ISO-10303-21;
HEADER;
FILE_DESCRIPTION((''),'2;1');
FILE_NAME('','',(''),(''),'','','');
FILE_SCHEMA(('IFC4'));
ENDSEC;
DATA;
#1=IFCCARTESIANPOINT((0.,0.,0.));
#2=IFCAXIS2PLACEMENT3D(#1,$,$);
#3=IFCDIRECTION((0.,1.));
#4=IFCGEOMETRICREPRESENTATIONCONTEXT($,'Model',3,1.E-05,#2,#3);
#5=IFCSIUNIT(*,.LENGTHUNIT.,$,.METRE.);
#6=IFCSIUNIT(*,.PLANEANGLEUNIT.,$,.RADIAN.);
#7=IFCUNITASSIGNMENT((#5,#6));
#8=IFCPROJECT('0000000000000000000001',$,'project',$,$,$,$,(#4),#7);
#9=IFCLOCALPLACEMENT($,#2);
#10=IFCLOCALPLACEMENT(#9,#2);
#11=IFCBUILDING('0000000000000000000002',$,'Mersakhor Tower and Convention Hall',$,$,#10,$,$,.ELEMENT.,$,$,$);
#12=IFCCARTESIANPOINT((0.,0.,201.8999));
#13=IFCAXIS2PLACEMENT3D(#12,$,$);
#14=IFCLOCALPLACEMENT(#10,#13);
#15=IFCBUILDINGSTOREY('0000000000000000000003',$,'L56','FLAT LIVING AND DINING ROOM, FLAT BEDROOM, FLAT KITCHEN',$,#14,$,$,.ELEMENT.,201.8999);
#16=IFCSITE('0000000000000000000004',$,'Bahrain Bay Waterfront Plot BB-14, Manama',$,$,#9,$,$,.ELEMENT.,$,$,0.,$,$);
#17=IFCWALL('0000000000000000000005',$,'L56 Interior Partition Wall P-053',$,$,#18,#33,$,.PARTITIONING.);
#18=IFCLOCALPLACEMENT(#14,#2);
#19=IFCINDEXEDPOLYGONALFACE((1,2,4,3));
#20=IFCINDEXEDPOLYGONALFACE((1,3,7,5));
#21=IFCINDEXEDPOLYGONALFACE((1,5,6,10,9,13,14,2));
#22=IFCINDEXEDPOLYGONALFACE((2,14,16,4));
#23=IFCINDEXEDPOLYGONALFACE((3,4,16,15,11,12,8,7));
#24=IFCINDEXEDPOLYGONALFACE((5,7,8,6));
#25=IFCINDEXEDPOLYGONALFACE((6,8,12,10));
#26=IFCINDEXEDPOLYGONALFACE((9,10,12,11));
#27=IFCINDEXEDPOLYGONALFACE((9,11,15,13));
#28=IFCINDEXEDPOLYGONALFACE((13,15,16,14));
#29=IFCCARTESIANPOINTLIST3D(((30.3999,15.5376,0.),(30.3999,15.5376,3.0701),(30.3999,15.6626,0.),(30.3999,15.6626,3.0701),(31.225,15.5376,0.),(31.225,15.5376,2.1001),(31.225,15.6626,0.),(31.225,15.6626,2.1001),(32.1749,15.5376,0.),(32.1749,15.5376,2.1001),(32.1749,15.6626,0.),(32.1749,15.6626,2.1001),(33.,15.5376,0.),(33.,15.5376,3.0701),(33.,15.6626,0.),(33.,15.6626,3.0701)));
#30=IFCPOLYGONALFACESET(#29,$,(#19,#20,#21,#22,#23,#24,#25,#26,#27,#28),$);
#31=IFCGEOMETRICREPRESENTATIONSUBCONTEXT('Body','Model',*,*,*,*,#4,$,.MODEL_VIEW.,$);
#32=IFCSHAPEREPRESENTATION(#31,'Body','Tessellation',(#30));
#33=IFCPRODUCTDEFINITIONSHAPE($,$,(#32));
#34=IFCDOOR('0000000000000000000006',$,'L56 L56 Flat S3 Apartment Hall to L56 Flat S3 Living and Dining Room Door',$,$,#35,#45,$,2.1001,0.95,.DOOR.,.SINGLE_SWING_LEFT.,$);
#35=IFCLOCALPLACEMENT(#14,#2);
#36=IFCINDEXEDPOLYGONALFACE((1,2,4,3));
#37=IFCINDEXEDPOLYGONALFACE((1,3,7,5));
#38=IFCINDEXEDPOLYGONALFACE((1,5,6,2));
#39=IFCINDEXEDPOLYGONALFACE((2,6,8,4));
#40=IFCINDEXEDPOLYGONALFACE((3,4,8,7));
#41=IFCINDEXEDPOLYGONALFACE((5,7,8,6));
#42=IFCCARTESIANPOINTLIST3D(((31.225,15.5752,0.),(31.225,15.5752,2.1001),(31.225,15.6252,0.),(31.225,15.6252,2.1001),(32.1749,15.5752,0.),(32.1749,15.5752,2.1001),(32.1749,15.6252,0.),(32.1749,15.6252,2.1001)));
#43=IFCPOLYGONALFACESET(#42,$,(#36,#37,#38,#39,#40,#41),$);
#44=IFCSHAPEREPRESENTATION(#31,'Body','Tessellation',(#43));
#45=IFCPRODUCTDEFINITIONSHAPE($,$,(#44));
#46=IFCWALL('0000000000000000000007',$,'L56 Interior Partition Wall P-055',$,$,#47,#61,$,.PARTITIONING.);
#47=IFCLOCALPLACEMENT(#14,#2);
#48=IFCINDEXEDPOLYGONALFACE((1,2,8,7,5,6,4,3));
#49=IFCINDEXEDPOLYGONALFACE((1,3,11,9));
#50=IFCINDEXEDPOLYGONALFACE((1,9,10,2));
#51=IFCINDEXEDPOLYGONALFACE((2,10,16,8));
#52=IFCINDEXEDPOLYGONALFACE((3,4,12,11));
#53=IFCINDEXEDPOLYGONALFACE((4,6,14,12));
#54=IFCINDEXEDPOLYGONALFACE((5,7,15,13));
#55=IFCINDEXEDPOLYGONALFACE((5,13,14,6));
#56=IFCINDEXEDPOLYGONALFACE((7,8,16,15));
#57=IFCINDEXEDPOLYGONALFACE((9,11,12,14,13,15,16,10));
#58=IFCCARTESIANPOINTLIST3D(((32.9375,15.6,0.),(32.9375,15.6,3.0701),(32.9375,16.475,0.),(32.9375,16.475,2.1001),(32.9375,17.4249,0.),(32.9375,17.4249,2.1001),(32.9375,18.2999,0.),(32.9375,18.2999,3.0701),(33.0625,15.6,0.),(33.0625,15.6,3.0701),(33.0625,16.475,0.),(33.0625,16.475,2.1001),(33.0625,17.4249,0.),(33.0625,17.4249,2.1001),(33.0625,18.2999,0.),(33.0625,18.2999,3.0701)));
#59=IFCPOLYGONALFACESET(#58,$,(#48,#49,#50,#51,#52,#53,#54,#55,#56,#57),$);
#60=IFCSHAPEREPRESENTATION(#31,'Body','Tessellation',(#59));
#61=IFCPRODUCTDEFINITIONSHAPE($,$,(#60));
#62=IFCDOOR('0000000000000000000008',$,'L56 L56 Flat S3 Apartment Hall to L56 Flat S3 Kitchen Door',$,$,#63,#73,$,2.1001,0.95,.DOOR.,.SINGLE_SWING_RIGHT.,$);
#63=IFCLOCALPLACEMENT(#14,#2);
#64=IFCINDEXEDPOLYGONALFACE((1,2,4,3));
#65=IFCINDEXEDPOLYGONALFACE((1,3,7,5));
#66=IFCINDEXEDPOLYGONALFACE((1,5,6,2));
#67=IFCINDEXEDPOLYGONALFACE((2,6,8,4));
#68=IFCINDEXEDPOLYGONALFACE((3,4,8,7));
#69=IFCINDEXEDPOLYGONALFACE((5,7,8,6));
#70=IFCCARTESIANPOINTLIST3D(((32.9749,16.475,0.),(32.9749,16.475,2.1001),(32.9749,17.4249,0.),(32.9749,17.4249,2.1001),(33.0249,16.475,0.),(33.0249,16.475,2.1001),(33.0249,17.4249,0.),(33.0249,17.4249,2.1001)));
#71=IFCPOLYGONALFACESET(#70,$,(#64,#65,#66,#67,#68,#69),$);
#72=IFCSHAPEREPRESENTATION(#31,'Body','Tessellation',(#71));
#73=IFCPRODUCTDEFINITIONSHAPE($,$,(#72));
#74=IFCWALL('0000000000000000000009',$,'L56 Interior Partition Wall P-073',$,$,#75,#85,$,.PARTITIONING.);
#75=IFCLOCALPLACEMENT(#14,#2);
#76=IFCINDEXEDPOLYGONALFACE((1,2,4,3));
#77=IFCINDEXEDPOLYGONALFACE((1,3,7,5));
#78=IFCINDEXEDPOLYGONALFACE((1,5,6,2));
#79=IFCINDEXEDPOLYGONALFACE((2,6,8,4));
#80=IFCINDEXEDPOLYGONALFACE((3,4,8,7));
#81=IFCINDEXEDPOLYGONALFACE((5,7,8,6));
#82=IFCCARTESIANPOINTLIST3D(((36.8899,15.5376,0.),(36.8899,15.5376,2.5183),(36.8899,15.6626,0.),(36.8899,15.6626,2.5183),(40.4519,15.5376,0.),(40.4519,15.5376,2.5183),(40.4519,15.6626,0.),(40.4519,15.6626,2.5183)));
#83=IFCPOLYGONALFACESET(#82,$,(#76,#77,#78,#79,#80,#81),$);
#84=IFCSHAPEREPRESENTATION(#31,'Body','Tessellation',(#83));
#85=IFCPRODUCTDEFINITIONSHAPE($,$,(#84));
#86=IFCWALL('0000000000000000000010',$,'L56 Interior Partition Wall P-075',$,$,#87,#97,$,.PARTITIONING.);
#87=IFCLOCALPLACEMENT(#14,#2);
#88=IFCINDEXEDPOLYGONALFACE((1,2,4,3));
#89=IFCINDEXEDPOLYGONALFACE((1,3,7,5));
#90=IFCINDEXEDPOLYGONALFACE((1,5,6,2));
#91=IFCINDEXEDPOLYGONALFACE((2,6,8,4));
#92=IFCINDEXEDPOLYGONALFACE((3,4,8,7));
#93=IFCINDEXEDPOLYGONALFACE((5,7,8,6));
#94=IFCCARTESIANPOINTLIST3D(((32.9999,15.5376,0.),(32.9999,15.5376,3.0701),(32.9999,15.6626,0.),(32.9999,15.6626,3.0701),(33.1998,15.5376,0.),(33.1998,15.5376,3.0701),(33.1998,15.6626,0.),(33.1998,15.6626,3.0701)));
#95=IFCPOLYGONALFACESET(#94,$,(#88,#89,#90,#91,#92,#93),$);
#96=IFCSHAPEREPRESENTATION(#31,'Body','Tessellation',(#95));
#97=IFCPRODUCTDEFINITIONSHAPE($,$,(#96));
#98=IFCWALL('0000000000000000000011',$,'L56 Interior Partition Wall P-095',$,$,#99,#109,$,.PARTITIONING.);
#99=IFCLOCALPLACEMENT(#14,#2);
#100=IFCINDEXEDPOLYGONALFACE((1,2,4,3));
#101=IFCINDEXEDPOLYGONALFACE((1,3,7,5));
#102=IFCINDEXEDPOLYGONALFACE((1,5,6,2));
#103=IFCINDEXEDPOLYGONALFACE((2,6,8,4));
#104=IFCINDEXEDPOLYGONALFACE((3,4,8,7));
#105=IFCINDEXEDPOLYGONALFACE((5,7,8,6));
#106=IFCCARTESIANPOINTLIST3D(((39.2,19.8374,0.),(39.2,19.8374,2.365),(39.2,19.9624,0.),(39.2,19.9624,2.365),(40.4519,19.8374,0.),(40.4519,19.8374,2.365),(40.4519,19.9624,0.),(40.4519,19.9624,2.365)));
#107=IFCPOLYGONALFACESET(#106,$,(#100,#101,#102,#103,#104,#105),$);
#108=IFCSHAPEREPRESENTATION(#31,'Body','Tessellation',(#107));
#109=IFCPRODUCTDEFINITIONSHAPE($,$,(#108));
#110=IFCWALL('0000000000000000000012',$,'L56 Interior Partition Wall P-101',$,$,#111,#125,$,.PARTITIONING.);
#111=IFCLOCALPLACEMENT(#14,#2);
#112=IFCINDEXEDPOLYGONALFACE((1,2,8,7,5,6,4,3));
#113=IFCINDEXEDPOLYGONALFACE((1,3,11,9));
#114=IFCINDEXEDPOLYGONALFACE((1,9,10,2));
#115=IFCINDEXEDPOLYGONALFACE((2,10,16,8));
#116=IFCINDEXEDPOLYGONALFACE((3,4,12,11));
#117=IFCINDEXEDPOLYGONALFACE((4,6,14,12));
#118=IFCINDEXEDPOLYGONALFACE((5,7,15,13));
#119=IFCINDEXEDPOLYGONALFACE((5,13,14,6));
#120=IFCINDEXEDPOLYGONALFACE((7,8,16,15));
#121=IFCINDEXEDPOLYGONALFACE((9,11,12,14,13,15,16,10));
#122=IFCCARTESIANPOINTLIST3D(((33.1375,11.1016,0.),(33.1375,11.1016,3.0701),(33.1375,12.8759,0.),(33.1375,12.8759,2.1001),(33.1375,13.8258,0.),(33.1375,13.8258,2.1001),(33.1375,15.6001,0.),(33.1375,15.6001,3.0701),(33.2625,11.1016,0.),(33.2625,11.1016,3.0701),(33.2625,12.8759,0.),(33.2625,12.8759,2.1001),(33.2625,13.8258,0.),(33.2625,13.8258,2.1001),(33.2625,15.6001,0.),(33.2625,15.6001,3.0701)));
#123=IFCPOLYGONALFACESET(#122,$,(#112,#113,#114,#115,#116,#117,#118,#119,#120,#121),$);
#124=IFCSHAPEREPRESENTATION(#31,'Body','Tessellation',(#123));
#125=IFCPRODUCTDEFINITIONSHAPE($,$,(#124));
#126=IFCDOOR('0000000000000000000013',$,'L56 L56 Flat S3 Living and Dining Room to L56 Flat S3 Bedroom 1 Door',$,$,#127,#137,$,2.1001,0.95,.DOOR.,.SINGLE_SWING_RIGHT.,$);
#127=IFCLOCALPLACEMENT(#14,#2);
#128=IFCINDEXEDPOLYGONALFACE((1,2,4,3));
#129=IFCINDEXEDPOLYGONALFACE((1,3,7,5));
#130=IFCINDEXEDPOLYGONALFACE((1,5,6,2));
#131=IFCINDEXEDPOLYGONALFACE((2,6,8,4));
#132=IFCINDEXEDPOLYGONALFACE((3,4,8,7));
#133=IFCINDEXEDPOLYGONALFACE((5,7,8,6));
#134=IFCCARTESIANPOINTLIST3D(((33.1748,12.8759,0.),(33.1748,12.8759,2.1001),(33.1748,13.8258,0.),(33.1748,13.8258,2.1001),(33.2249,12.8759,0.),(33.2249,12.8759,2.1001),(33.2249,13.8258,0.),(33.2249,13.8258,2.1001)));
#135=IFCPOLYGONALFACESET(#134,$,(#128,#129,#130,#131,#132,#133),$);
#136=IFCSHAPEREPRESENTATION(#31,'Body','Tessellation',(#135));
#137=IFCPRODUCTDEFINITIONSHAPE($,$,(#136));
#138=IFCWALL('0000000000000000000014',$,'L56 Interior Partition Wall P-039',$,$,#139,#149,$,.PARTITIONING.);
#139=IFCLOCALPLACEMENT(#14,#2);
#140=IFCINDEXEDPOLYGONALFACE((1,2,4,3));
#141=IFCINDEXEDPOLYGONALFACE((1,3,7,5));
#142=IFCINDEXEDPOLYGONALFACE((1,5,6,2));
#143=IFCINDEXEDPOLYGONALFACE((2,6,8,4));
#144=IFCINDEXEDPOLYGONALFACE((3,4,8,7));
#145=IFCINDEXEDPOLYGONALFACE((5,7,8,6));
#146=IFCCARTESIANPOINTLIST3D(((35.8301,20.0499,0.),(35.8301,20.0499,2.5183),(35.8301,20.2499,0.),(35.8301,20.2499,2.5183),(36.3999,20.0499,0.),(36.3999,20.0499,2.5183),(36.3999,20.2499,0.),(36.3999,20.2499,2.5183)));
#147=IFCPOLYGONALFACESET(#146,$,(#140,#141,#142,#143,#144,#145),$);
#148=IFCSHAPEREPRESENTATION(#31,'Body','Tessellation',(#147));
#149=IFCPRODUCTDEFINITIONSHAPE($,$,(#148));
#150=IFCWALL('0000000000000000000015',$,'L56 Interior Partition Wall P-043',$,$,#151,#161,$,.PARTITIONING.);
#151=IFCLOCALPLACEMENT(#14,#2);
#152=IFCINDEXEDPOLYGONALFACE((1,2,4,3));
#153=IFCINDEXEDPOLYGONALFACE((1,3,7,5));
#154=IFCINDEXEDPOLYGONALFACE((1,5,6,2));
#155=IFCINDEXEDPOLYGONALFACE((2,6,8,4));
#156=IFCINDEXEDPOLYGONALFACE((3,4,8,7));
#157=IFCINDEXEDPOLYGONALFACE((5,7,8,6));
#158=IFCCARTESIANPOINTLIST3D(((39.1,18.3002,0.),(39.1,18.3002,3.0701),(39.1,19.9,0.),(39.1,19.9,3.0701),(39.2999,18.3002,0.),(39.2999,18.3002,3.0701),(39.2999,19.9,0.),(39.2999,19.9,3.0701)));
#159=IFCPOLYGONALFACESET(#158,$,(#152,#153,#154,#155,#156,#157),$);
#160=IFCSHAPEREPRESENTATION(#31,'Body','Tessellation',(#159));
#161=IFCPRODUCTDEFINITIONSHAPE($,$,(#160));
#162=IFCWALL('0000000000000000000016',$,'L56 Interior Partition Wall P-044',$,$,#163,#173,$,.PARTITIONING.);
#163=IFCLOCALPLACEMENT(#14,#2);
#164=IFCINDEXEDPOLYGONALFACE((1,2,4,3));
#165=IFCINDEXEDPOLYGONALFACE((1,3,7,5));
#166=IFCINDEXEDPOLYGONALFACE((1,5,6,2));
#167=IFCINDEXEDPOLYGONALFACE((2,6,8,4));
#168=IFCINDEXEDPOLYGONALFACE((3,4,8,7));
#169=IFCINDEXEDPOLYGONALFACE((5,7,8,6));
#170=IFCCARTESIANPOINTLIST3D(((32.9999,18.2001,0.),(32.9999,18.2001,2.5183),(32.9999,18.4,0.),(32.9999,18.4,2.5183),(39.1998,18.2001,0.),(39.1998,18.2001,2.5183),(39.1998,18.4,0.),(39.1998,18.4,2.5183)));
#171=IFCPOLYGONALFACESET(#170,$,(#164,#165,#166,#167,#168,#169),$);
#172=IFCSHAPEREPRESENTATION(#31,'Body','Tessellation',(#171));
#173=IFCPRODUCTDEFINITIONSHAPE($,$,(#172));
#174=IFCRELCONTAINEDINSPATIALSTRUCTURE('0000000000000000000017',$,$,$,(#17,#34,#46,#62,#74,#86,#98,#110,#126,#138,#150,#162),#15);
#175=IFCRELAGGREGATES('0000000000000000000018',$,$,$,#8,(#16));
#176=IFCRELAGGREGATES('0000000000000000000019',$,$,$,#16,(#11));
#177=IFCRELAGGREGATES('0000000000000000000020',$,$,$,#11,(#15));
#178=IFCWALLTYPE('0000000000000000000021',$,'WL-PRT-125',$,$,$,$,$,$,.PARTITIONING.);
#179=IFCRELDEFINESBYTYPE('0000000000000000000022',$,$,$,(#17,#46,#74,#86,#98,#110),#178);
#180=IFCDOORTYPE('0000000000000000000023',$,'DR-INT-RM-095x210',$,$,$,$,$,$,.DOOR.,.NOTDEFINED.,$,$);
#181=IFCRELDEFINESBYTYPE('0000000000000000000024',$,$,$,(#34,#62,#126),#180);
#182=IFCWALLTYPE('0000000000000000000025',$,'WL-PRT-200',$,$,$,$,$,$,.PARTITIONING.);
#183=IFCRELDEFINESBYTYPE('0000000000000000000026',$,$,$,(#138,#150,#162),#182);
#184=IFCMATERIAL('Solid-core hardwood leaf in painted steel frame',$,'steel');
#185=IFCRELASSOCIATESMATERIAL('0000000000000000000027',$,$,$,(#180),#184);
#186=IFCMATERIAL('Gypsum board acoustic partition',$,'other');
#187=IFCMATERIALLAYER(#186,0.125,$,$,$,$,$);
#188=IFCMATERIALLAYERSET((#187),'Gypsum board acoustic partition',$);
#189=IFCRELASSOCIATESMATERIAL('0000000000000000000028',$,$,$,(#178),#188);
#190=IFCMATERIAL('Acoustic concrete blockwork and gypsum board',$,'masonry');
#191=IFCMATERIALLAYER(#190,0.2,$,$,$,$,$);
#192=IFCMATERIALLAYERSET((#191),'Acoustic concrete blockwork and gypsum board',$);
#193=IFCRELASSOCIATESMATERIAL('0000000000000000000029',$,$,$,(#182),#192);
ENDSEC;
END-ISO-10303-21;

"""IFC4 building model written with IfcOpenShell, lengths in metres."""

from ifc_helpers import new_model, si_unit, direction, frame, frame_2d, origin, place, context, subcontext, project, spatial, rectangle, extrude, material, layer, layer_set, type_object, element, fill, save


model = new_model("IFC4")

# Units and contexts
model_context = context("Model", 3, precision=1e-05, world=origin(), true_north=direction((0.0, 1.0)))
body_context = subcontext(model_context, "Body", "Model", "MODEL_VIEW")
ifc_project = project(units=[si_unit("LENGTHUNIT", "METRE"), si_unit("PLANEANGLEUNIT", "RADIAN")], contexts=[model_context])

# Site, building, storey
site_placement = place(None, origin())
site = spatial("IfcSite", under=ifc_project, at=site_placement, Name="Bahrain Bay Waterfront Plot BB-14, Manama", CompositionType="ELEMENT", RefElevation=0.0)
building_placement = place(site_placement, origin())
building = spatial("IfcBuilding", under=site, at=building_placement, Name="Mersakhor Tower and Convention Hall", CompositionType="ELEMENT")
storey_placement = place(building_placement, frame((0.0, 0.0, 201.8999)))
storey = spatial("IfcBuildingStorey", under=building, at=storey_placement, Name="L56", Description="FLAT LIVING AND DINING ROOM, FLAT BEDROOM, FLAT KITCHEN", CompositionType="ELEMENT", Elevation=201.8999)

# Walls, openings, doors
ifc_material_1 = material(Name="Solid-core hardwood leaf in painted steel frame", Category="steel")
door_type_1 = type_object("IfcDoorType", Name="DR-INT-RM-095x210", OperationType="NOTDEFINED", PredefinedType="DOOR", material=ifc_material_1)
ifc_material_2 = material(Name="Gypsum board acoustic partition", Category="other")
ifc_layer_1 = layer(ifc_material_2, 0.125)
ifc_layer_set_1 = layer_set([ifc_layer_1], Name="Gypsum board acoustic partition")
wall_type_1 = type_object("IfcWallType", Name="WL-PRT-125", PredefinedType="PARTITIONING", material=ifc_layer_set_1)
wall_1_placement = place(storey_placement, frame((33.0, 15.6001, 0.0), z_axis=(0.0, 0.0, 1.0), x_axis=(-1.0, 0.0, 0.0)))
wall_1 = element("IfcWall", 1, at=wall_1_placement, inside=storey, type_object=wall_type_1, Name="L56 Interior Partition Wall P-053", PredefinedType="PARTITIONING", context=body_context, shape_type="SweptSolid", body=[
    extrude(rectangle(XDim=2.6001, YDim=0.125, at=frame_2d((1.3, 0.0))), origin(), (0.0, 0.0, 1.0), 3.0701),
])
opening_1_placement = place(wall_1_placement, frame((0.825, 0.0, 0.0)))
opening_1 = element("IfcOpeningElement", 2, at=opening_1_placement, cuts=wall_1, PredefinedType="OPENING", context=body_context, shape_type="SweptSolid", body=[
    extrude(rectangle(XDim=0.95, YDim=2.1001, at=frame_2d((0.4751, 1.05))), frame((0.0, 0.0725, 0.0), z_axis=(0.0, -1.0, 0.0), x_axis=(1.0, 0.0, 0.0)), (0.0, 0.0, 1.0), 0.145),
])
door_1_placement = place(opening_1_placement, origin())
door_1 = element("IfcDoor", 3, at=door_1_placement, inside=storey, type_object=door_type_1, Name="L56 L56 Flat S3 Apartment Hall to L56 Flat S3 Living and Dining Room Door", OperationType="SINGLE_SWING_LEFT", OverallHeight=2.1001, OverallWidth=0.95, PredefinedType="DOOR", context=body_context, shape_type="SweptSolid", body=[
    extrude(rectangle(XDim=0.95, YDim=2.1001, at=frame_2d((0.4751, 1.05))), frame((0.0, 0.0249, 0.0), z_axis=(0.0, -1.0, 0.0), x_axis=(1.0, 0.0, 0.0)), (0.0, 0.0, 1.0), 0.05),
])
fill(opening_1, door_1)
wall_2_placement = place(storey_placement, frame((33.0, 18.3, 0.0), z_axis=(0.0, 0.0, 1.0), x_axis=(0.0, -1.0, 0.0)))
wall_2 = element("IfcWall", 4, at=wall_2_placement, inside=storey, type_object=wall_type_1, Name="L56 Interior Partition Wall P-055", PredefinedType="PARTITIONING", context=body_context, shape_type="SweptSolid", body=[
    extrude(rectangle(XDim=2.7, YDim=0.125, at=frame_2d((1.3501, 0.0))), origin(), (0.0, 0.0, 1.0), 3.0701),
])
opening_2_placement = place(wall_2_placement, frame((0.875, 0.0, 0.0)))
opening_2 = element("IfcOpeningElement", 5, at=opening_2_placement, cuts=wall_2, PredefinedType="OPENING", context=body_context, shape_type="SweptSolid", body=[
    extrude(rectangle(XDim=0.95, YDim=2.1001, at=frame_2d((0.4751, 1.05))), frame((0.0, 0.0725, 0.0), z_axis=(0.0, -1.0, 0.0), x_axis=(1.0, 0.0, 0.0)), (0.0, 0.0, 1.0), 0.145),
])
door_2_placement = place(opening_2_placement, origin())
door_2 = element("IfcDoor", 6, at=door_2_placement, inside=storey, type_object=door_type_1, Name="L56 L56 Flat S3 Apartment Hall to L56 Flat S3 Kitchen Door", OperationType="SINGLE_SWING_RIGHT", OverallHeight=2.1001, OverallWidth=0.95, PredefinedType="DOOR", context=body_context, shape_type="SweptSolid", body=[
    extrude(rectangle(XDim=0.95, YDim=2.1001, at=frame_2d((0.4751, 1.05))), frame((0.0, 0.0249, 0.0), z_axis=(0.0, -1.0, 0.0), x_axis=(1.0, 0.0, 0.0)), (0.0, 0.0, 1.0), 0.05),
])
fill(opening_2, door_2)

# Walls
wall_3_placement = place(storey_placement, frame((40.4519, 15.6001, 0.0), z_axis=(0.0, 0.0, 1.0), x_axis=(-1.0, 0.0, 0.0)))
element("IfcWall", 7, at=wall_3_placement, inside=storey, type_object=wall_type_1, Name="L56 Interior Partition Wall P-073", PredefinedType="PARTITIONING", context=body_context, shape_type="SweptSolid", body=[
    extrude(rectangle(XDim=3.562, YDim=0.125, at=frame_2d((1.781, 0.0))), origin(), (0.0, 0.0, 1.0), 2.5183),
])
wall_4_placement = place(storey_placement, frame((33.2, 15.6001, 0.0), z_axis=(0.0, 0.0, 1.0), x_axis=(-1.0, 0.0, 0.0)))
element("IfcWall", 8, at=wall_4_placement, inside=storey, type_object=wall_type_1, Name="L56 Interior Partition Wall P-075", PredefinedType="PARTITIONING", context=body_context, shape_type="SweptSolid", body=[
    extrude(rectangle(XDim=0.2, YDim=0.125, at=frame_2d((0.1001, 0.0))), origin(), (0.0, 0.0, 1.0), 3.0701),
])
wall_5_placement = place(storey_placement, frame((40.4519, 19.8999, 0.0), z_axis=(0.0, 0.0, 1.0), x_axis=(-1.0, 0.0, 0.0)))
element("IfcWall", 9, at=wall_5_placement, inside=storey, type_object=wall_type_1, Name="L56 Interior Partition Wall P-095", PredefinedType="PARTITIONING", context=body_context, shape_type="SweptSolid", body=[
    extrude(rectangle(XDim=1.252, YDim=0.125, at=frame_2d((0.626, 0.0))), origin(), (0.0, 0.0, 1.0), 2.365),
])

# Wall, opening, door
wall_6_placement = place(storey_placement, frame((33.2, 15.6001, 0.0), z_axis=(0.0, 0.0, 1.0), x_axis=(0.0, -1.0, 0.0)))
wall_6 = element("IfcWall", 10, at=wall_6_placement, inside=storey, type_object=wall_type_1, Name="L56 Interior Partition Wall P-101", PredefinedType="PARTITIONING", context=body_context, shape_type="SweptSolid", body=[
    extrude(rectangle(XDim=4.4985, YDim=0.125, at=frame_2d((2.2493, 0.0))), origin(), (0.0, 0.0, 1.0), 3.0701),
])
opening_3_placement = place(wall_6_placement, frame((1.7742, 0.0, 0.0)))
opening_3 = element("IfcOpeningElement", 11, at=opening_3_placement, cuts=wall_6, PredefinedType="OPENING", context=body_context, shape_type="SweptSolid", body=[
    extrude(rectangle(XDim=0.95, YDim=2.1001, at=frame_2d((0.4751, 1.05))), frame((0.0, 0.0725, 0.0), z_axis=(0.0, -1.0, 0.0), x_axis=(1.0, 0.0, 0.0)), (0.0, 0.0, 1.0), 0.145),
])
door_3_placement = place(opening_3_placement, origin())
door_3 = element("IfcDoor", 12, at=door_3_placement, inside=storey, type_object=door_type_1, Name="L56 L56 Flat S3 Living and Dining Room to L56 Flat S3 Bedroom 1 Door", OperationType="SINGLE_SWING_RIGHT", OverallHeight=2.1001, OverallWidth=0.95, PredefinedType="DOOR", context=body_context, shape_type="SweptSolid", body=[
    extrude(rectangle(XDim=0.95, YDim=2.1001, at=frame_2d((0.4751, 1.05))), frame((0.0, 0.0249, 0.0), z_axis=(0.0, -1.0, 0.0), x_axis=(1.0, 0.0, 0.0)), (0.0, 0.0, 1.0), 0.05),
])
fill(opening_3, door_3)

# Walls
ifc_material_3 = material(Name="Acoustic concrete blockwork and gypsum board", Category="masonry")
ifc_layer_2 = layer(ifc_material_3, 0.2)
ifc_layer_set_2 = layer_set([ifc_layer_2], Name="Acoustic concrete blockwork and gypsum board")
wall_type_2 = type_object("IfcWallType", Name="WL-PRT-200", PredefinedType="PARTITIONING", material=ifc_layer_set_2)
wall_7_placement = place(storey_placement, frame((35.8301, 20.1499, 0.0), z_axis=(0.0, 0.0, 1.0), x_axis=(1.0, 0.0, 0.0)))
element("IfcWall", 13, at=wall_7_placement, inside=storey, type_object=wall_type_2, Name="L56 Interior Partition Wall P-039", PredefinedType="PARTITIONING", context=body_context, shape_type="SweptSolid", body=[
    extrude(rectangle(XDim=0.5698, YDim=0.2, at=frame_2d((0.2849, 0.0))), origin(), (0.0, 0.0, 1.0), 2.5183),
])
wall_8_placement = place(storey_placement, frame((39.2, 19.8999, 0.0), z_axis=(0.0, 0.0, 1.0), x_axis=(0.0, -1.0, 0.0)))
element("IfcWall", 14, at=wall_8_placement, inside=storey, type_object=wall_type_2, Name="L56 Interior Partition Wall P-043", PredefinedType="PARTITIONING", context=body_context, shape_type="SweptSolid", body=[
    extrude(rectangle(XDim=1.5999, YDim=0.2, at=frame_2d((0.7998, 0.0))), origin(), (0.0, 0.0, 1.0), 3.0701),
])
wall_9_placement = place(storey_placement, frame((39.2, 18.3, 0.0), z_axis=(0.0, 0.0, 1.0), x_axis=(-1.0, 0.0, 0.0)))
element("IfcWall", 15, at=wall_9_placement, inside=storey, type_object=wall_type_2, Name="L56 Interior Partition Wall P-044", PredefinedType="PARTITIONING", context=body_context, shape_type="SweptSolid", body=[
    extrude(rectangle(XDim=6.2, YDim=0.2, at=frame_2d((3.1001, 0.0))), origin(), (0.0, 0.0, 1.0), 2.5183),
])

save(model, "model.ifc")
